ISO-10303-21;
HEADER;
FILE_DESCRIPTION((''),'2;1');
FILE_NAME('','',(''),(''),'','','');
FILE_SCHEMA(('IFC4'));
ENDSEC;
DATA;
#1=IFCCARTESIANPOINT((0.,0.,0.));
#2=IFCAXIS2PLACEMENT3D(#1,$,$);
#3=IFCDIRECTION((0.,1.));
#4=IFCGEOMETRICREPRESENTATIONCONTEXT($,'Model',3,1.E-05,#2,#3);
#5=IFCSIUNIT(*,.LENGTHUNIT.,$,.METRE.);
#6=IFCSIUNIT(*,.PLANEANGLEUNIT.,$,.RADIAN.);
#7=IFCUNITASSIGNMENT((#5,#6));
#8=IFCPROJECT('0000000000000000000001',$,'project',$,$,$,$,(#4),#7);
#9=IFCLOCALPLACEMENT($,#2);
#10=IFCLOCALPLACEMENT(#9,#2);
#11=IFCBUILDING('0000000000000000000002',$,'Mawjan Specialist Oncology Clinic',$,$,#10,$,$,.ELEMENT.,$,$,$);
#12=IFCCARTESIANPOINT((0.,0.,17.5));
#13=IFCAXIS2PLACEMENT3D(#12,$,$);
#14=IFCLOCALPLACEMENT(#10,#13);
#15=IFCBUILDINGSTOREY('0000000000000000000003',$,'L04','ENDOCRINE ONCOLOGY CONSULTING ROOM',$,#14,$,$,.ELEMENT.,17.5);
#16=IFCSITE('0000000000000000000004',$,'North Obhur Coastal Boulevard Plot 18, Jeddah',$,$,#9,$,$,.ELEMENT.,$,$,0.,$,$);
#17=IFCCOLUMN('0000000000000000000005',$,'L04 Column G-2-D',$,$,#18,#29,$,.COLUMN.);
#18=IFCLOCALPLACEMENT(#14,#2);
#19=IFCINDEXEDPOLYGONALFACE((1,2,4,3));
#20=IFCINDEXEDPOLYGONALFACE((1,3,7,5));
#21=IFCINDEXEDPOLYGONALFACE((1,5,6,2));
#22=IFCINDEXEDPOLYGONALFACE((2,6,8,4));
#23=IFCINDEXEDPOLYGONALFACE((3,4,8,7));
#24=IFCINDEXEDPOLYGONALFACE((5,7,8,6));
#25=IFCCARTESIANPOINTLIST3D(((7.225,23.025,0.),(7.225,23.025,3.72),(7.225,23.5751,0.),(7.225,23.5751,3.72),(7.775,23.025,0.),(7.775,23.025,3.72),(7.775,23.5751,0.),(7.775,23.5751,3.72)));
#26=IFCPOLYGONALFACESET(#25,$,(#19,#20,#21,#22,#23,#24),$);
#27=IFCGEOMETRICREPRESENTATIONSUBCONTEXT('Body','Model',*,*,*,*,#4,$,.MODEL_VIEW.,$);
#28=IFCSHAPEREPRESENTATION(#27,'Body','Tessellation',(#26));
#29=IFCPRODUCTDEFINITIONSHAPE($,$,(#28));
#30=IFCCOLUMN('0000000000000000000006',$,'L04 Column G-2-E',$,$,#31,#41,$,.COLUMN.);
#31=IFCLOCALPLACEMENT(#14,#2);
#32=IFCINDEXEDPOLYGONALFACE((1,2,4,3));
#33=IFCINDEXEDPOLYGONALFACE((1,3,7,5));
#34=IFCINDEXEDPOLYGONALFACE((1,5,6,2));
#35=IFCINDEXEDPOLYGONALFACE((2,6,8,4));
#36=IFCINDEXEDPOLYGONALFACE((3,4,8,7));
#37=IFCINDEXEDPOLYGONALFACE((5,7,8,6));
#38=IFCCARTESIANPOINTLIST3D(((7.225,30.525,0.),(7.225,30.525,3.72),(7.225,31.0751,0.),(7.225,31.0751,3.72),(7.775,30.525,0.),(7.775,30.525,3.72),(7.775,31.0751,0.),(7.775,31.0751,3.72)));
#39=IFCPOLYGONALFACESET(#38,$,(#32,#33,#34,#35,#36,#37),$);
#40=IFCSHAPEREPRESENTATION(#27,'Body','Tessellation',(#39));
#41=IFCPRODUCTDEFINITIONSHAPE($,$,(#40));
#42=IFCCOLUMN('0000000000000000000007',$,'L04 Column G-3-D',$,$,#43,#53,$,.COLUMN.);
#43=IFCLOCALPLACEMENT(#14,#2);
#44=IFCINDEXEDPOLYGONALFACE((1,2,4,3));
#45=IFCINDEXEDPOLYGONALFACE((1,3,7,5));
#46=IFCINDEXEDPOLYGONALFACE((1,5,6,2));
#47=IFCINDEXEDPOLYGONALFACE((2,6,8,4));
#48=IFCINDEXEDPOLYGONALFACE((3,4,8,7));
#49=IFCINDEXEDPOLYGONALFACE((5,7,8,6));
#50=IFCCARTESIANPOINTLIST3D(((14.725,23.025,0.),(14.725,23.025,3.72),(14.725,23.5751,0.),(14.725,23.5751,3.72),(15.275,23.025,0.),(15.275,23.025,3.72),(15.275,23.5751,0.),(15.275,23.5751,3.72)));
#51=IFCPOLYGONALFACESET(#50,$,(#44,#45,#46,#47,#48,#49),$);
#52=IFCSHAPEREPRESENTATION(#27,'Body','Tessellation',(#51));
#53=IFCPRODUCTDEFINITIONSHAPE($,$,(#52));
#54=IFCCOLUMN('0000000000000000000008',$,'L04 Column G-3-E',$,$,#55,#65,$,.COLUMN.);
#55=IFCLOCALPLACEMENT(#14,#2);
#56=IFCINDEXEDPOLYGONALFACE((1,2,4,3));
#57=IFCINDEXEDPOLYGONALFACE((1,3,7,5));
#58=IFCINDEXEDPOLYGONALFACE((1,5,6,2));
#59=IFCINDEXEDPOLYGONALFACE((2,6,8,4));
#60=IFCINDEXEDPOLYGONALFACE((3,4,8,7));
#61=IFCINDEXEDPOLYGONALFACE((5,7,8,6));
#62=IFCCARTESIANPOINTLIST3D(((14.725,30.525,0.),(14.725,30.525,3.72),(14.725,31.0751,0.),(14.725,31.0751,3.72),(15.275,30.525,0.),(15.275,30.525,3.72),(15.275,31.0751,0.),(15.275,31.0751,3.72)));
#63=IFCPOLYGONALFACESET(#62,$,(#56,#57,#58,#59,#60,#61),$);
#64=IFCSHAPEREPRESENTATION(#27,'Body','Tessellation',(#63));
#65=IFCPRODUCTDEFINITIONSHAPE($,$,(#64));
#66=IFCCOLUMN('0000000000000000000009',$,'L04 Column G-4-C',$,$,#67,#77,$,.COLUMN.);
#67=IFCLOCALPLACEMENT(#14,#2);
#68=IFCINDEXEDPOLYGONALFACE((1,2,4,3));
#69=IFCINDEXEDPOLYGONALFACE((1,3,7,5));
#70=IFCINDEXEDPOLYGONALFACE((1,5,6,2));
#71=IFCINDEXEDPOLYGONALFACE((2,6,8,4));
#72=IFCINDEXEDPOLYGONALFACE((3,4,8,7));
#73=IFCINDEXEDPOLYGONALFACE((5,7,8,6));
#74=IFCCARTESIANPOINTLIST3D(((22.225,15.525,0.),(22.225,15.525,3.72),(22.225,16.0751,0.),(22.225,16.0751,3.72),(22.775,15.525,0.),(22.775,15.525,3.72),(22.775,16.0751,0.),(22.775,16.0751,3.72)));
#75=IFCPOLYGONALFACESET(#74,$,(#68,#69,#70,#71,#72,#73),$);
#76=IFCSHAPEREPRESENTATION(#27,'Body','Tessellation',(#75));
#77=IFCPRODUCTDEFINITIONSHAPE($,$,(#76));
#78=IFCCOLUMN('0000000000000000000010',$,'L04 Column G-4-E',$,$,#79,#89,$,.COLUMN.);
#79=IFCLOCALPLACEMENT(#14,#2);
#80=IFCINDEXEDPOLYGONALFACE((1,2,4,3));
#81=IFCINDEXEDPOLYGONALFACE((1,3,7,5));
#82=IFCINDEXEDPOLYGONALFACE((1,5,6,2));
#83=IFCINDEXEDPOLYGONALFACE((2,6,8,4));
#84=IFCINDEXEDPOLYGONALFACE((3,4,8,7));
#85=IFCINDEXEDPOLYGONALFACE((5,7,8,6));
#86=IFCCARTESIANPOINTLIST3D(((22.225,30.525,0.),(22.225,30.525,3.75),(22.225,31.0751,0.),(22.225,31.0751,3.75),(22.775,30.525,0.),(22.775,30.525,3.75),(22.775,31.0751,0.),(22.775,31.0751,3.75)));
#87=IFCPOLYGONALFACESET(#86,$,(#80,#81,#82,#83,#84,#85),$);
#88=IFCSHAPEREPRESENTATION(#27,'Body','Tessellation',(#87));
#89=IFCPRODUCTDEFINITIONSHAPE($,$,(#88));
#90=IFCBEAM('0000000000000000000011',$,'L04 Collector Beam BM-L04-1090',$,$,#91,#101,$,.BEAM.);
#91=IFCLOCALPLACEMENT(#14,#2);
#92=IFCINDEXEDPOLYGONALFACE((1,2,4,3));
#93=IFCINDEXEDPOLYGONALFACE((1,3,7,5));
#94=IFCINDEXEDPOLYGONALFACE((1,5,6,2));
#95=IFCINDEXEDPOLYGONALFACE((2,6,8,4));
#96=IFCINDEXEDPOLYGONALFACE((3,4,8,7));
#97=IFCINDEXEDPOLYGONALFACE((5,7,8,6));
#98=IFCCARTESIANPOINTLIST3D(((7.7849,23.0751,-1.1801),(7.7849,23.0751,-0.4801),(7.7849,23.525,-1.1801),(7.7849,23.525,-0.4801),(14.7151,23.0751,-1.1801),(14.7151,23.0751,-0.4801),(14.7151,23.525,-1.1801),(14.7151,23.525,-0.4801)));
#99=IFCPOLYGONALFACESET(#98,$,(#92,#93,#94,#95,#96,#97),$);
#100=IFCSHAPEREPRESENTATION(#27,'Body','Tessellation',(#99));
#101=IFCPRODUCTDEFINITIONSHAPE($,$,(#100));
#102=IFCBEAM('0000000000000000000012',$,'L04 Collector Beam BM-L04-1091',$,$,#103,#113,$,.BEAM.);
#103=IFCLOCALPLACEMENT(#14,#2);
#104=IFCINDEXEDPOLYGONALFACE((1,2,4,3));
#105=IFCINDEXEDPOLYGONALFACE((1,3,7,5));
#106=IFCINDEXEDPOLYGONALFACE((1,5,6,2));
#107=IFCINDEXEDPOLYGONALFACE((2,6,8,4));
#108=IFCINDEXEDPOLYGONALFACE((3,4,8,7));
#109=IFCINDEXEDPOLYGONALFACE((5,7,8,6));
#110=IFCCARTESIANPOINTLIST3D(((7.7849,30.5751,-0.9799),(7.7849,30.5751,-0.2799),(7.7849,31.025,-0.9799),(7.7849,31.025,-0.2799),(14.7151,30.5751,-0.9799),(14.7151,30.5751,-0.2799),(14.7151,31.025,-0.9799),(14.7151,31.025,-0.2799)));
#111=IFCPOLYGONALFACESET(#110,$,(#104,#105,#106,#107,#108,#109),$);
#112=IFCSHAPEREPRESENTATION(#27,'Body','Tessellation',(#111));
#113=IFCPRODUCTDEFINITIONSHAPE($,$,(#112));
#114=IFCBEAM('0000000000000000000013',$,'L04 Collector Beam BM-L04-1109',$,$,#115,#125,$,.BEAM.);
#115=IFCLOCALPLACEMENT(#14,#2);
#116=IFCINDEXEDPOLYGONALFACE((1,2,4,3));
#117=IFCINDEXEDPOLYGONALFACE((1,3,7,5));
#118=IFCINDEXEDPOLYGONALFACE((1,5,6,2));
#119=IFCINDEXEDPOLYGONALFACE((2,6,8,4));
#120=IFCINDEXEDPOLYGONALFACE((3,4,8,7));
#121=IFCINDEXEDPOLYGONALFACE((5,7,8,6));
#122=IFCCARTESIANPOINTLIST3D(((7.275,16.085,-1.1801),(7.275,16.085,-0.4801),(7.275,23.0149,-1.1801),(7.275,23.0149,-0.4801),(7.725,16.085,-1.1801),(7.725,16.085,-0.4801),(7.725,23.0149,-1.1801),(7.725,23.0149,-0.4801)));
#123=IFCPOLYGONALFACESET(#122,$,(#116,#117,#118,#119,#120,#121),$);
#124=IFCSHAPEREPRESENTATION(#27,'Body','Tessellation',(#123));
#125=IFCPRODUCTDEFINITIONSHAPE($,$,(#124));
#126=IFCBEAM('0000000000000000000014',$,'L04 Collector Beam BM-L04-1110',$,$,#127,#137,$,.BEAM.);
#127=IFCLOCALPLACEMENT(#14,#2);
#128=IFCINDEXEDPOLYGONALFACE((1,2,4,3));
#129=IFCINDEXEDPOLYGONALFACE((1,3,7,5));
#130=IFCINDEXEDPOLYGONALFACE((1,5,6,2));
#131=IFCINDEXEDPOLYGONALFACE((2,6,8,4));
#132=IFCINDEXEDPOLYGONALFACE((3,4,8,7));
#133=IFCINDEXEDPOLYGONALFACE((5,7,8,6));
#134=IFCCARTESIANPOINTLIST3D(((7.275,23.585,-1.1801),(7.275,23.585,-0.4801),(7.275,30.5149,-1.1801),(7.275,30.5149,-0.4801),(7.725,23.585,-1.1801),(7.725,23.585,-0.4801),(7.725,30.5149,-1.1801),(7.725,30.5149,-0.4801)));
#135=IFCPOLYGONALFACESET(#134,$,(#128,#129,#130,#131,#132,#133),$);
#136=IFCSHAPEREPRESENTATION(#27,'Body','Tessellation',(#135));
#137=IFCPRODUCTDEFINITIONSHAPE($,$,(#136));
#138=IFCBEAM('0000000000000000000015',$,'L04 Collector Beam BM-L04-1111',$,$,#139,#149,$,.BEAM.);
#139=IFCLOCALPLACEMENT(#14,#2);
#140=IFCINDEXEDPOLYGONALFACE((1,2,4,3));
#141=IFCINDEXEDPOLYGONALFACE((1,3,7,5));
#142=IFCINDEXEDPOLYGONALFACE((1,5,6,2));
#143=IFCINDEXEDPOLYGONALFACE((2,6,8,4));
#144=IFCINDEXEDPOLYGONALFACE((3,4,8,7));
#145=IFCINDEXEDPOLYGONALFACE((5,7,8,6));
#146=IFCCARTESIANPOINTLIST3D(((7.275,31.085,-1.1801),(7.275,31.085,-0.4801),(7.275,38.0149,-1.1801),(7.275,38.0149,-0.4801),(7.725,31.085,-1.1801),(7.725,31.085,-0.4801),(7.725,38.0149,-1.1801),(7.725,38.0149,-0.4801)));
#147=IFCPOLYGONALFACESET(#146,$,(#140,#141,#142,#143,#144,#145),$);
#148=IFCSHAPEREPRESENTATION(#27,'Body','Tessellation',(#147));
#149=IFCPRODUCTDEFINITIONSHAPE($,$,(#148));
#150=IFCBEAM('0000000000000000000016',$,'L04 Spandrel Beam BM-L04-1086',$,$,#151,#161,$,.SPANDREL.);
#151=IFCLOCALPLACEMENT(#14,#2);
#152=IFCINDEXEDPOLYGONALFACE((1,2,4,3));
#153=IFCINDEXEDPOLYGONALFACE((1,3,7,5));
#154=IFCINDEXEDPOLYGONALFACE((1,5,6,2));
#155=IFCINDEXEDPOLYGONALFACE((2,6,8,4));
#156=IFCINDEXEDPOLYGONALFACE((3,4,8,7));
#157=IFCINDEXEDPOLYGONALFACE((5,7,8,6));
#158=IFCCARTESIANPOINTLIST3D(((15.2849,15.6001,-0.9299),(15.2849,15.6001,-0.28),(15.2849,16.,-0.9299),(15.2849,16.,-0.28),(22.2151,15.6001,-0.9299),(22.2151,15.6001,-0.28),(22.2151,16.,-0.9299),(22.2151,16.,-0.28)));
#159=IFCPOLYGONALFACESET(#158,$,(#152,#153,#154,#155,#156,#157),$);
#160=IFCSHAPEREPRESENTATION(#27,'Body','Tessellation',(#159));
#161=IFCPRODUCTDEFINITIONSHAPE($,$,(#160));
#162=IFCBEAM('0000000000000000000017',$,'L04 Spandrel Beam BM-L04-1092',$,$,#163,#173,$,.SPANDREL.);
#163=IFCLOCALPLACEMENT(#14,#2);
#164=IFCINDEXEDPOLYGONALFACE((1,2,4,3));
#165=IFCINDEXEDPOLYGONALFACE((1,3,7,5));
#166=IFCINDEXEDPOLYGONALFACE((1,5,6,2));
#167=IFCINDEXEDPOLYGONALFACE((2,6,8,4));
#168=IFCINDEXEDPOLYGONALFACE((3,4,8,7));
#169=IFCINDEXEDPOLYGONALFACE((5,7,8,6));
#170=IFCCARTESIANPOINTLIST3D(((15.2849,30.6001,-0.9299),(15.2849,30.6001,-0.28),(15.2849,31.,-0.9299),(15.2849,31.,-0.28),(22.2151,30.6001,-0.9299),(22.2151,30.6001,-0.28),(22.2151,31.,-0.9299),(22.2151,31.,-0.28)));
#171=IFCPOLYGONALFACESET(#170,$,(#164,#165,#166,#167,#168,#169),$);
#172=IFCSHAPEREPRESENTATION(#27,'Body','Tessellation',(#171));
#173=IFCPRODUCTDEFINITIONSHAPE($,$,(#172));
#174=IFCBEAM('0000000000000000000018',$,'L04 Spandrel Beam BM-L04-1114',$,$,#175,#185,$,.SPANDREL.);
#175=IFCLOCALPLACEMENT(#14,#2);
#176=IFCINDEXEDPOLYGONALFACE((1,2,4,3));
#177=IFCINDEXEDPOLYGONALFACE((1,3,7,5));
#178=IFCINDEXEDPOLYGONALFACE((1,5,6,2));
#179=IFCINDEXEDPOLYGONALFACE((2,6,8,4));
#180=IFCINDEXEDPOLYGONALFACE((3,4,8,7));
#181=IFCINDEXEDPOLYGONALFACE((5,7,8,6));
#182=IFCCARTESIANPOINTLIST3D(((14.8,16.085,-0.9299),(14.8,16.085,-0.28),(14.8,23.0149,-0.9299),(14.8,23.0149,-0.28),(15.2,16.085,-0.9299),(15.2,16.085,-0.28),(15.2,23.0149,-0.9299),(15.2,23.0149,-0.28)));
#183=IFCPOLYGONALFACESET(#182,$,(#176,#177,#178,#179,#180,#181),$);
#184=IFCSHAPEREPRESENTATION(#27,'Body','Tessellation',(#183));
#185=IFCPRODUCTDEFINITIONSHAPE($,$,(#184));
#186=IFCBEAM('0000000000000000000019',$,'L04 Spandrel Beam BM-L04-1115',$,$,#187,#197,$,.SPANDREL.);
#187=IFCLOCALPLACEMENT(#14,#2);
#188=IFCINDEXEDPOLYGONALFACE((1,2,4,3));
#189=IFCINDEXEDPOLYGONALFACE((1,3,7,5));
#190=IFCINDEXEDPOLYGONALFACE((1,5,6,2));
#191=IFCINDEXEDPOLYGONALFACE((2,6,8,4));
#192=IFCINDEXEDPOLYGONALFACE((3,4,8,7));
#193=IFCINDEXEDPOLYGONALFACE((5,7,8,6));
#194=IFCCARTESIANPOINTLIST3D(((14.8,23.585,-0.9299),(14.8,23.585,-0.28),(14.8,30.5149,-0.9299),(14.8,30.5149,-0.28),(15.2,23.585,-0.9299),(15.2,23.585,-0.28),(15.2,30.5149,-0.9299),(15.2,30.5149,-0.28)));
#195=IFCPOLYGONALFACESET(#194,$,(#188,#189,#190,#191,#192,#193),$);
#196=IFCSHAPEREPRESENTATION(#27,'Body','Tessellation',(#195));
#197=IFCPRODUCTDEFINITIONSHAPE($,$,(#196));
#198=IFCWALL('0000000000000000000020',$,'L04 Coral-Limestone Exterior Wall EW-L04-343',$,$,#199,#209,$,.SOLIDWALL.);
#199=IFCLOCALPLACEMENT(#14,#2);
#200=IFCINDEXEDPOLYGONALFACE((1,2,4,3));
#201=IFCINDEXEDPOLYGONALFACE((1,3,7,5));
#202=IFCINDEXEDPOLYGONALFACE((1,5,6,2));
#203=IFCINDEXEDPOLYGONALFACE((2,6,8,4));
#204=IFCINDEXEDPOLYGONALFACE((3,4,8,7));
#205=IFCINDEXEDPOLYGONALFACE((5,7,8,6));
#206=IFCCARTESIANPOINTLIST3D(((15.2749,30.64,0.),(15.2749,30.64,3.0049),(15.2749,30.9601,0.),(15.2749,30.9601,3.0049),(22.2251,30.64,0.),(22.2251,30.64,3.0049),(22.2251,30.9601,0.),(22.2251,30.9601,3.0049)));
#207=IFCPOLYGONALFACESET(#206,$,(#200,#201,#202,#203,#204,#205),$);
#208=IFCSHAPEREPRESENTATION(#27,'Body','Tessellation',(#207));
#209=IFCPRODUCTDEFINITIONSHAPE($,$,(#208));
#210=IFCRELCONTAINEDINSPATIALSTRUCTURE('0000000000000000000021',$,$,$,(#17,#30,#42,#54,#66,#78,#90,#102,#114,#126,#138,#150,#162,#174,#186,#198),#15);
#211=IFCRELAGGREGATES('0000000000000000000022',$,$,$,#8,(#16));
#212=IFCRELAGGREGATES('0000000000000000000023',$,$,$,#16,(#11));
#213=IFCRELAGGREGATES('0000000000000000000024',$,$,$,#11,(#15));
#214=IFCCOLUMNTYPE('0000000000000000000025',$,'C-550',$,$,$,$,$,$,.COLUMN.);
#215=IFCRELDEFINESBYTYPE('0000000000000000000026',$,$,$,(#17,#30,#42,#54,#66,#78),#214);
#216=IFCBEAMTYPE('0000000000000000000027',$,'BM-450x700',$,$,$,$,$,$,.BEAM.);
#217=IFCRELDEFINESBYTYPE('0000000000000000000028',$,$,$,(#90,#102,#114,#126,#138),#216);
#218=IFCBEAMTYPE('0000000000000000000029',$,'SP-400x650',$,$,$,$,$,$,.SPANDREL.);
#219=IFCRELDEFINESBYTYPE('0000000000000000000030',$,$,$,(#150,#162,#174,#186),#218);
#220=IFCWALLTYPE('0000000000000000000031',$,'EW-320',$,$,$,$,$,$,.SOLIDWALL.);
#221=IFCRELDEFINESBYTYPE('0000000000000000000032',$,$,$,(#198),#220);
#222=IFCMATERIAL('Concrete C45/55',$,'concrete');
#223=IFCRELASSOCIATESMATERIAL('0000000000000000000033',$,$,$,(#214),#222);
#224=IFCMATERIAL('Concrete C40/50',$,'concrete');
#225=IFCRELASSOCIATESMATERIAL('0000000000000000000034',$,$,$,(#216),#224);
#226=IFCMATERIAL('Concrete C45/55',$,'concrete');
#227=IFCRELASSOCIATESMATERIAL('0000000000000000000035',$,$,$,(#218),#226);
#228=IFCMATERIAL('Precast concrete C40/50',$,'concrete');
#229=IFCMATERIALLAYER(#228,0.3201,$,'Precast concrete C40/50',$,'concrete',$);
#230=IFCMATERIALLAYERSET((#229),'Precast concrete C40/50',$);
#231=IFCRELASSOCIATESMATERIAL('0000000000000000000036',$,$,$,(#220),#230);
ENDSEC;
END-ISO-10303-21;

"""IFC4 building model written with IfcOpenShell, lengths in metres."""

from ifc_helpers import new_model, si_unit, direction, frame, frame_2d, origin, origin_2d, place, context, subcontext, project, spatial, rectangle, extrude, material, layer, layer_set, material_profile, profile_set, type_object, element, save


model = new_model("IFC4")

# Units and contexts
model_context = context("Model", 3, precision=1e-05, world=origin(), true_north=direction((0.0, 1.0)))
body_context = subcontext(model_context, "Body", "Model", "MODEL_VIEW")
ifc_project = project(units=[si_unit("LENGTHUNIT", "METRE"), si_unit("PLANEANGLEUNIT", "RADIAN")], contexts=[model_context])

# Site, building, storey
site_placement = place(None, origin())
site = spatial("IfcSite", under=ifc_project, at=site_placement, Name="North Obhur Coastal Boulevard Plot 18, Jeddah", CompositionType="ELEMENT", RefElevation=0.0)
building_placement = place(site_placement, origin())
building = spatial("IfcBuilding", under=site, at=building_placement, Name="Mawjan Specialist Oncology Clinic", CompositionType="ELEMENT")
storey_placement = place(building_placement, frame((0.0, 0.0, 17.5)))
storey = spatial("IfcBuildingStorey", under=building, at=storey_placement, Name="L04", Description="ENDOCRINE ONCOLOGY CONSULTING ROOM", CompositionType="ELEMENT", Elevation=17.5)

# Columns
ifc_material_1 = material(Name="Concrete C45/55", Category="concrete")
ifc_material_profile_1 = material_profile(ifc_material_1, rectangle(XDim=0.55, YDim=0.55, at=origin_2d()), Name="RC COL 550x550", Category="concrete")
ifc_profile_set_1 = profile_set([ifc_material_profile_1], Name="Concrete C45/55")
column_type = type_object("IfcColumnType", Name="C-550", PredefinedType="COLUMN", material=ifc_profile_set_1)
for number, where, z_axis, x_axis, name in (
    (1, (7.5, 23.3, 0.0), (0.0, 0.0, 1.0), (1.0, 0.0, 0.0), "L04 Column G-2-D"),
    (2, (7.5, 30.8, 0.0), (0.0, 0.0, 1.0), (1.0, 0.0, 0.0), "L04 Column G-2-E"),
    (3, (15.0, 23.3, 0.0), (0.0, 0.0, 1.0), (1.0, 0.0, 0.0), "L04 Column G-3-D"),
    (4, (15.0, 30.8, 0.0), (0.0, 0.0, 1.0), (1.0, 0.0, 0.0), "L04 Column G-3-E"),
    (5, (22.5, 15.8, 0.0), (0.0, 0.0, 1.0), (1.0, 0.0, 0.0), "L04 Column G-4-C"),
):
    element("IfcColumn", number, at=place(storey_placement, frame(where, z_axis=z_axis, x_axis=x_axis)), inside=storey, type_object=column_type, Name=name, PredefinedType="COLUMN", context=body_context, shape_type="SweptSolid", body=[
        extrude(rectangle(XDim=0.55, YDim=0.55, at=origin_2d()), origin(), (0.0, 0.0, 1.0), 3.72),
    ])
column_placement = place(storey_placement, frame((22.5, 30.8, 0.0), z_axis=(0.0, 0.0, 1.0), x_axis=(1.0, 0.0, 0.0)))
element("IfcColumn", 6, at=column_placement, inside=storey, type_object=column_type, Name="L04 Column G-4-E", PredefinedType="COLUMN", context=body_context, shape_type="SweptSolid", body=[
    extrude(rectangle(XDim=0.55, YDim=0.55, at=origin_2d()), origin(), (0.0, 0.0, 1.0), 3.75),
])

# Beams
ifc_material_2 = material(Name="Concrete C40/50", Category="concrete")
ifc_material_profile_2 = material_profile(ifc_material_2, rectangle(XDim=0.45, YDim=0.7, at=origin_2d()), Name="RC BM 450x700", Category="concrete")
ifc_profile_set_2 = profile_set([ifc_material_profile_2], Name="Concrete C40/50")
beam_type_1 = type_object("IfcBeamType", Name="BM-450x700", PredefinedType="BEAM", material=ifc_profile_set_2)
for number, where, z_axis, x_axis, name in (
    (7, (7.7849, 23.3, -0.8301), (1.0, 0.0, 0.0), (0.0, 1.0, 0.0), "L04 Collector Beam BM-L04-1090"),
    (8, (7.7849, 30.8, -0.6299), (1.0, 0.0, 0.0), (0.0, 1.0, 0.0), "L04 Collector Beam BM-L04-1091"),
):
    element("IfcBeam", number, at=place(storey_placement, frame(where, z_axis=z_axis, x_axis=x_axis)), inside=storey, type_object=beam_type_1, Name=name, PredefinedType="BEAM", context=body_context, shape_type="SweptSolid", body=[
        extrude(rectangle(XDim=0.45, YDim=0.7, at=origin_2d()), origin(), (0.0, 0.0, 1.0), 6.9302),
    ])
for number, where, z_axis, x_axis, name in (
    (9, (7.5, 16.085, -0.8301), (0.0, 1.0, 0.0), (-1.0, 0.0, 0.0), "L04 Collector Beam BM-L04-1109"),
    (10, (7.5, 23.585, -0.8301), (0.0, 1.0, 0.0), (-1.0, 0.0, 0.0), "L04 Collector Beam BM-L04-1110"),
    (11, (7.5, 31.085, -0.8301), (0.0, 1.0, 0.0), (-1.0, 0.0, 0.0), "L04 Collector Beam BM-L04-1111"),
):
    element("IfcBeam", number, at=place(storey_placement, frame(where, z_axis=z_axis, x_axis=x_axis)), inside=storey, type_object=beam_type_1, Name=name, PredefinedType="BEAM", context=body_context, shape_type="SweptSolid", body=[
        extrude(rectangle(XDim=0.45, YDim=0.7, at=origin_2d()), origin(), (0.0, 0.0, 1.0), 6.9299),
    ])
ifc_material_3 = material(Name="Concrete C45/55", Category="concrete")
ifc_material_profile_3 = material_profile(ifc_material_3, rectangle(XDim=0.3999, YDim=0.6499, at=origin_2d()), Name="RC BM 400x650", Category="concrete")
ifc_profile_set_3 = profile_set([ifc_material_profile_3], Name="Concrete C45/55")
beam_type_2 = type_object("IfcBeamType", Name="SP-400x650", PredefinedType="SPANDREL", material=ifc_profile_set_3)
for number, where, z_axis, x_axis, name in (
    (12, (15.2849, 15.8, -0.605), (1.0, 0.0, 0.0), (0.0, 1.0, 0.0), "L04 Spandrel Beam BM-L04-1086"),
    (13, (15.2849, 30.8, -0.605), (1.0, 0.0, 0.0), (0.0, 1.0, 0.0), "L04 Spandrel Beam BM-L04-1092"),
):
    element("IfcBeam", number, at=place(storey_placement, frame(where, z_axis=z_axis, x_axis=x_axis)), inside=storey, type_object=beam_type_2, Name=name, PredefinedType="SPANDREL", context=body_context, shape_type="SweptSolid", body=[
        extrude(rectangle(XDim=0.3999, YDim=0.6499, at=origin_2d()), origin(), (0.0, 0.0, 1.0), 6.9302),
    ])
for number, where, z_axis, x_axis, name in (
    (14, (15.0, 16.085, -0.605), (0.0, 1.0, 0.0), (-1.0, 0.0, 0.0), "L04 Spandrel Beam BM-L04-1114"),
    (15, (15.0, 23.585, -0.605), (0.0, 1.0, 0.0), (-1.0, 0.0, 0.0), "L04 Spandrel Beam BM-L04-1115"),
):
    element("IfcBeam", number, at=place(storey_placement, frame(where, z_axis=z_axis, x_axis=x_axis)), inside=storey, type_object=beam_type_2, Name=name, PredefinedType="SPANDREL", context=body_context, shape_type="SweptSolid", body=[
        extrude(rectangle(XDim=0.3999, YDim=0.6499, at=origin_2d()), origin(), (0.0, 0.0, 1.0), 6.9299),
    ])

# Wall
ifc_material_4 = material(Name="Precast concrete C40/50", Category="concrete")
ifc_layer_1 = layer(ifc_material_4, 0.3201, Name="Precast concrete C40/50", Category="concrete")
ifc_layer_set_1 = layer_set([ifc_layer_1], Name="Precast concrete C40/50")
wall_type_1 = type_object("IfcWallType", Name="EW-320", PredefinedType="SOLIDWALL", material=ifc_layer_set_1)
wall_1_placement = place(storey_placement, frame((22.2251, 30.8, 0.0), z_axis=(0.0, 0.0, 1.0), x_axis=(-1.0, 0.0, 0.0)))
element("IfcWall", 16, at=wall_1_placement, inside=storey, type_object=wall_type_1, Name="L04 Coral-Limestone Exterior Wall EW-L04-343", PredefinedType="SOLIDWALL", context=body_context, shape_type="SweptSolid", body=[
    extrude(rectangle(XDim=6.9502, YDim=0.3201, at=frame_2d((3.4751, 0.0))), origin(), (0.0, 0.0, 1.0), 3.0049),
])

save(model, "model.ifc")
